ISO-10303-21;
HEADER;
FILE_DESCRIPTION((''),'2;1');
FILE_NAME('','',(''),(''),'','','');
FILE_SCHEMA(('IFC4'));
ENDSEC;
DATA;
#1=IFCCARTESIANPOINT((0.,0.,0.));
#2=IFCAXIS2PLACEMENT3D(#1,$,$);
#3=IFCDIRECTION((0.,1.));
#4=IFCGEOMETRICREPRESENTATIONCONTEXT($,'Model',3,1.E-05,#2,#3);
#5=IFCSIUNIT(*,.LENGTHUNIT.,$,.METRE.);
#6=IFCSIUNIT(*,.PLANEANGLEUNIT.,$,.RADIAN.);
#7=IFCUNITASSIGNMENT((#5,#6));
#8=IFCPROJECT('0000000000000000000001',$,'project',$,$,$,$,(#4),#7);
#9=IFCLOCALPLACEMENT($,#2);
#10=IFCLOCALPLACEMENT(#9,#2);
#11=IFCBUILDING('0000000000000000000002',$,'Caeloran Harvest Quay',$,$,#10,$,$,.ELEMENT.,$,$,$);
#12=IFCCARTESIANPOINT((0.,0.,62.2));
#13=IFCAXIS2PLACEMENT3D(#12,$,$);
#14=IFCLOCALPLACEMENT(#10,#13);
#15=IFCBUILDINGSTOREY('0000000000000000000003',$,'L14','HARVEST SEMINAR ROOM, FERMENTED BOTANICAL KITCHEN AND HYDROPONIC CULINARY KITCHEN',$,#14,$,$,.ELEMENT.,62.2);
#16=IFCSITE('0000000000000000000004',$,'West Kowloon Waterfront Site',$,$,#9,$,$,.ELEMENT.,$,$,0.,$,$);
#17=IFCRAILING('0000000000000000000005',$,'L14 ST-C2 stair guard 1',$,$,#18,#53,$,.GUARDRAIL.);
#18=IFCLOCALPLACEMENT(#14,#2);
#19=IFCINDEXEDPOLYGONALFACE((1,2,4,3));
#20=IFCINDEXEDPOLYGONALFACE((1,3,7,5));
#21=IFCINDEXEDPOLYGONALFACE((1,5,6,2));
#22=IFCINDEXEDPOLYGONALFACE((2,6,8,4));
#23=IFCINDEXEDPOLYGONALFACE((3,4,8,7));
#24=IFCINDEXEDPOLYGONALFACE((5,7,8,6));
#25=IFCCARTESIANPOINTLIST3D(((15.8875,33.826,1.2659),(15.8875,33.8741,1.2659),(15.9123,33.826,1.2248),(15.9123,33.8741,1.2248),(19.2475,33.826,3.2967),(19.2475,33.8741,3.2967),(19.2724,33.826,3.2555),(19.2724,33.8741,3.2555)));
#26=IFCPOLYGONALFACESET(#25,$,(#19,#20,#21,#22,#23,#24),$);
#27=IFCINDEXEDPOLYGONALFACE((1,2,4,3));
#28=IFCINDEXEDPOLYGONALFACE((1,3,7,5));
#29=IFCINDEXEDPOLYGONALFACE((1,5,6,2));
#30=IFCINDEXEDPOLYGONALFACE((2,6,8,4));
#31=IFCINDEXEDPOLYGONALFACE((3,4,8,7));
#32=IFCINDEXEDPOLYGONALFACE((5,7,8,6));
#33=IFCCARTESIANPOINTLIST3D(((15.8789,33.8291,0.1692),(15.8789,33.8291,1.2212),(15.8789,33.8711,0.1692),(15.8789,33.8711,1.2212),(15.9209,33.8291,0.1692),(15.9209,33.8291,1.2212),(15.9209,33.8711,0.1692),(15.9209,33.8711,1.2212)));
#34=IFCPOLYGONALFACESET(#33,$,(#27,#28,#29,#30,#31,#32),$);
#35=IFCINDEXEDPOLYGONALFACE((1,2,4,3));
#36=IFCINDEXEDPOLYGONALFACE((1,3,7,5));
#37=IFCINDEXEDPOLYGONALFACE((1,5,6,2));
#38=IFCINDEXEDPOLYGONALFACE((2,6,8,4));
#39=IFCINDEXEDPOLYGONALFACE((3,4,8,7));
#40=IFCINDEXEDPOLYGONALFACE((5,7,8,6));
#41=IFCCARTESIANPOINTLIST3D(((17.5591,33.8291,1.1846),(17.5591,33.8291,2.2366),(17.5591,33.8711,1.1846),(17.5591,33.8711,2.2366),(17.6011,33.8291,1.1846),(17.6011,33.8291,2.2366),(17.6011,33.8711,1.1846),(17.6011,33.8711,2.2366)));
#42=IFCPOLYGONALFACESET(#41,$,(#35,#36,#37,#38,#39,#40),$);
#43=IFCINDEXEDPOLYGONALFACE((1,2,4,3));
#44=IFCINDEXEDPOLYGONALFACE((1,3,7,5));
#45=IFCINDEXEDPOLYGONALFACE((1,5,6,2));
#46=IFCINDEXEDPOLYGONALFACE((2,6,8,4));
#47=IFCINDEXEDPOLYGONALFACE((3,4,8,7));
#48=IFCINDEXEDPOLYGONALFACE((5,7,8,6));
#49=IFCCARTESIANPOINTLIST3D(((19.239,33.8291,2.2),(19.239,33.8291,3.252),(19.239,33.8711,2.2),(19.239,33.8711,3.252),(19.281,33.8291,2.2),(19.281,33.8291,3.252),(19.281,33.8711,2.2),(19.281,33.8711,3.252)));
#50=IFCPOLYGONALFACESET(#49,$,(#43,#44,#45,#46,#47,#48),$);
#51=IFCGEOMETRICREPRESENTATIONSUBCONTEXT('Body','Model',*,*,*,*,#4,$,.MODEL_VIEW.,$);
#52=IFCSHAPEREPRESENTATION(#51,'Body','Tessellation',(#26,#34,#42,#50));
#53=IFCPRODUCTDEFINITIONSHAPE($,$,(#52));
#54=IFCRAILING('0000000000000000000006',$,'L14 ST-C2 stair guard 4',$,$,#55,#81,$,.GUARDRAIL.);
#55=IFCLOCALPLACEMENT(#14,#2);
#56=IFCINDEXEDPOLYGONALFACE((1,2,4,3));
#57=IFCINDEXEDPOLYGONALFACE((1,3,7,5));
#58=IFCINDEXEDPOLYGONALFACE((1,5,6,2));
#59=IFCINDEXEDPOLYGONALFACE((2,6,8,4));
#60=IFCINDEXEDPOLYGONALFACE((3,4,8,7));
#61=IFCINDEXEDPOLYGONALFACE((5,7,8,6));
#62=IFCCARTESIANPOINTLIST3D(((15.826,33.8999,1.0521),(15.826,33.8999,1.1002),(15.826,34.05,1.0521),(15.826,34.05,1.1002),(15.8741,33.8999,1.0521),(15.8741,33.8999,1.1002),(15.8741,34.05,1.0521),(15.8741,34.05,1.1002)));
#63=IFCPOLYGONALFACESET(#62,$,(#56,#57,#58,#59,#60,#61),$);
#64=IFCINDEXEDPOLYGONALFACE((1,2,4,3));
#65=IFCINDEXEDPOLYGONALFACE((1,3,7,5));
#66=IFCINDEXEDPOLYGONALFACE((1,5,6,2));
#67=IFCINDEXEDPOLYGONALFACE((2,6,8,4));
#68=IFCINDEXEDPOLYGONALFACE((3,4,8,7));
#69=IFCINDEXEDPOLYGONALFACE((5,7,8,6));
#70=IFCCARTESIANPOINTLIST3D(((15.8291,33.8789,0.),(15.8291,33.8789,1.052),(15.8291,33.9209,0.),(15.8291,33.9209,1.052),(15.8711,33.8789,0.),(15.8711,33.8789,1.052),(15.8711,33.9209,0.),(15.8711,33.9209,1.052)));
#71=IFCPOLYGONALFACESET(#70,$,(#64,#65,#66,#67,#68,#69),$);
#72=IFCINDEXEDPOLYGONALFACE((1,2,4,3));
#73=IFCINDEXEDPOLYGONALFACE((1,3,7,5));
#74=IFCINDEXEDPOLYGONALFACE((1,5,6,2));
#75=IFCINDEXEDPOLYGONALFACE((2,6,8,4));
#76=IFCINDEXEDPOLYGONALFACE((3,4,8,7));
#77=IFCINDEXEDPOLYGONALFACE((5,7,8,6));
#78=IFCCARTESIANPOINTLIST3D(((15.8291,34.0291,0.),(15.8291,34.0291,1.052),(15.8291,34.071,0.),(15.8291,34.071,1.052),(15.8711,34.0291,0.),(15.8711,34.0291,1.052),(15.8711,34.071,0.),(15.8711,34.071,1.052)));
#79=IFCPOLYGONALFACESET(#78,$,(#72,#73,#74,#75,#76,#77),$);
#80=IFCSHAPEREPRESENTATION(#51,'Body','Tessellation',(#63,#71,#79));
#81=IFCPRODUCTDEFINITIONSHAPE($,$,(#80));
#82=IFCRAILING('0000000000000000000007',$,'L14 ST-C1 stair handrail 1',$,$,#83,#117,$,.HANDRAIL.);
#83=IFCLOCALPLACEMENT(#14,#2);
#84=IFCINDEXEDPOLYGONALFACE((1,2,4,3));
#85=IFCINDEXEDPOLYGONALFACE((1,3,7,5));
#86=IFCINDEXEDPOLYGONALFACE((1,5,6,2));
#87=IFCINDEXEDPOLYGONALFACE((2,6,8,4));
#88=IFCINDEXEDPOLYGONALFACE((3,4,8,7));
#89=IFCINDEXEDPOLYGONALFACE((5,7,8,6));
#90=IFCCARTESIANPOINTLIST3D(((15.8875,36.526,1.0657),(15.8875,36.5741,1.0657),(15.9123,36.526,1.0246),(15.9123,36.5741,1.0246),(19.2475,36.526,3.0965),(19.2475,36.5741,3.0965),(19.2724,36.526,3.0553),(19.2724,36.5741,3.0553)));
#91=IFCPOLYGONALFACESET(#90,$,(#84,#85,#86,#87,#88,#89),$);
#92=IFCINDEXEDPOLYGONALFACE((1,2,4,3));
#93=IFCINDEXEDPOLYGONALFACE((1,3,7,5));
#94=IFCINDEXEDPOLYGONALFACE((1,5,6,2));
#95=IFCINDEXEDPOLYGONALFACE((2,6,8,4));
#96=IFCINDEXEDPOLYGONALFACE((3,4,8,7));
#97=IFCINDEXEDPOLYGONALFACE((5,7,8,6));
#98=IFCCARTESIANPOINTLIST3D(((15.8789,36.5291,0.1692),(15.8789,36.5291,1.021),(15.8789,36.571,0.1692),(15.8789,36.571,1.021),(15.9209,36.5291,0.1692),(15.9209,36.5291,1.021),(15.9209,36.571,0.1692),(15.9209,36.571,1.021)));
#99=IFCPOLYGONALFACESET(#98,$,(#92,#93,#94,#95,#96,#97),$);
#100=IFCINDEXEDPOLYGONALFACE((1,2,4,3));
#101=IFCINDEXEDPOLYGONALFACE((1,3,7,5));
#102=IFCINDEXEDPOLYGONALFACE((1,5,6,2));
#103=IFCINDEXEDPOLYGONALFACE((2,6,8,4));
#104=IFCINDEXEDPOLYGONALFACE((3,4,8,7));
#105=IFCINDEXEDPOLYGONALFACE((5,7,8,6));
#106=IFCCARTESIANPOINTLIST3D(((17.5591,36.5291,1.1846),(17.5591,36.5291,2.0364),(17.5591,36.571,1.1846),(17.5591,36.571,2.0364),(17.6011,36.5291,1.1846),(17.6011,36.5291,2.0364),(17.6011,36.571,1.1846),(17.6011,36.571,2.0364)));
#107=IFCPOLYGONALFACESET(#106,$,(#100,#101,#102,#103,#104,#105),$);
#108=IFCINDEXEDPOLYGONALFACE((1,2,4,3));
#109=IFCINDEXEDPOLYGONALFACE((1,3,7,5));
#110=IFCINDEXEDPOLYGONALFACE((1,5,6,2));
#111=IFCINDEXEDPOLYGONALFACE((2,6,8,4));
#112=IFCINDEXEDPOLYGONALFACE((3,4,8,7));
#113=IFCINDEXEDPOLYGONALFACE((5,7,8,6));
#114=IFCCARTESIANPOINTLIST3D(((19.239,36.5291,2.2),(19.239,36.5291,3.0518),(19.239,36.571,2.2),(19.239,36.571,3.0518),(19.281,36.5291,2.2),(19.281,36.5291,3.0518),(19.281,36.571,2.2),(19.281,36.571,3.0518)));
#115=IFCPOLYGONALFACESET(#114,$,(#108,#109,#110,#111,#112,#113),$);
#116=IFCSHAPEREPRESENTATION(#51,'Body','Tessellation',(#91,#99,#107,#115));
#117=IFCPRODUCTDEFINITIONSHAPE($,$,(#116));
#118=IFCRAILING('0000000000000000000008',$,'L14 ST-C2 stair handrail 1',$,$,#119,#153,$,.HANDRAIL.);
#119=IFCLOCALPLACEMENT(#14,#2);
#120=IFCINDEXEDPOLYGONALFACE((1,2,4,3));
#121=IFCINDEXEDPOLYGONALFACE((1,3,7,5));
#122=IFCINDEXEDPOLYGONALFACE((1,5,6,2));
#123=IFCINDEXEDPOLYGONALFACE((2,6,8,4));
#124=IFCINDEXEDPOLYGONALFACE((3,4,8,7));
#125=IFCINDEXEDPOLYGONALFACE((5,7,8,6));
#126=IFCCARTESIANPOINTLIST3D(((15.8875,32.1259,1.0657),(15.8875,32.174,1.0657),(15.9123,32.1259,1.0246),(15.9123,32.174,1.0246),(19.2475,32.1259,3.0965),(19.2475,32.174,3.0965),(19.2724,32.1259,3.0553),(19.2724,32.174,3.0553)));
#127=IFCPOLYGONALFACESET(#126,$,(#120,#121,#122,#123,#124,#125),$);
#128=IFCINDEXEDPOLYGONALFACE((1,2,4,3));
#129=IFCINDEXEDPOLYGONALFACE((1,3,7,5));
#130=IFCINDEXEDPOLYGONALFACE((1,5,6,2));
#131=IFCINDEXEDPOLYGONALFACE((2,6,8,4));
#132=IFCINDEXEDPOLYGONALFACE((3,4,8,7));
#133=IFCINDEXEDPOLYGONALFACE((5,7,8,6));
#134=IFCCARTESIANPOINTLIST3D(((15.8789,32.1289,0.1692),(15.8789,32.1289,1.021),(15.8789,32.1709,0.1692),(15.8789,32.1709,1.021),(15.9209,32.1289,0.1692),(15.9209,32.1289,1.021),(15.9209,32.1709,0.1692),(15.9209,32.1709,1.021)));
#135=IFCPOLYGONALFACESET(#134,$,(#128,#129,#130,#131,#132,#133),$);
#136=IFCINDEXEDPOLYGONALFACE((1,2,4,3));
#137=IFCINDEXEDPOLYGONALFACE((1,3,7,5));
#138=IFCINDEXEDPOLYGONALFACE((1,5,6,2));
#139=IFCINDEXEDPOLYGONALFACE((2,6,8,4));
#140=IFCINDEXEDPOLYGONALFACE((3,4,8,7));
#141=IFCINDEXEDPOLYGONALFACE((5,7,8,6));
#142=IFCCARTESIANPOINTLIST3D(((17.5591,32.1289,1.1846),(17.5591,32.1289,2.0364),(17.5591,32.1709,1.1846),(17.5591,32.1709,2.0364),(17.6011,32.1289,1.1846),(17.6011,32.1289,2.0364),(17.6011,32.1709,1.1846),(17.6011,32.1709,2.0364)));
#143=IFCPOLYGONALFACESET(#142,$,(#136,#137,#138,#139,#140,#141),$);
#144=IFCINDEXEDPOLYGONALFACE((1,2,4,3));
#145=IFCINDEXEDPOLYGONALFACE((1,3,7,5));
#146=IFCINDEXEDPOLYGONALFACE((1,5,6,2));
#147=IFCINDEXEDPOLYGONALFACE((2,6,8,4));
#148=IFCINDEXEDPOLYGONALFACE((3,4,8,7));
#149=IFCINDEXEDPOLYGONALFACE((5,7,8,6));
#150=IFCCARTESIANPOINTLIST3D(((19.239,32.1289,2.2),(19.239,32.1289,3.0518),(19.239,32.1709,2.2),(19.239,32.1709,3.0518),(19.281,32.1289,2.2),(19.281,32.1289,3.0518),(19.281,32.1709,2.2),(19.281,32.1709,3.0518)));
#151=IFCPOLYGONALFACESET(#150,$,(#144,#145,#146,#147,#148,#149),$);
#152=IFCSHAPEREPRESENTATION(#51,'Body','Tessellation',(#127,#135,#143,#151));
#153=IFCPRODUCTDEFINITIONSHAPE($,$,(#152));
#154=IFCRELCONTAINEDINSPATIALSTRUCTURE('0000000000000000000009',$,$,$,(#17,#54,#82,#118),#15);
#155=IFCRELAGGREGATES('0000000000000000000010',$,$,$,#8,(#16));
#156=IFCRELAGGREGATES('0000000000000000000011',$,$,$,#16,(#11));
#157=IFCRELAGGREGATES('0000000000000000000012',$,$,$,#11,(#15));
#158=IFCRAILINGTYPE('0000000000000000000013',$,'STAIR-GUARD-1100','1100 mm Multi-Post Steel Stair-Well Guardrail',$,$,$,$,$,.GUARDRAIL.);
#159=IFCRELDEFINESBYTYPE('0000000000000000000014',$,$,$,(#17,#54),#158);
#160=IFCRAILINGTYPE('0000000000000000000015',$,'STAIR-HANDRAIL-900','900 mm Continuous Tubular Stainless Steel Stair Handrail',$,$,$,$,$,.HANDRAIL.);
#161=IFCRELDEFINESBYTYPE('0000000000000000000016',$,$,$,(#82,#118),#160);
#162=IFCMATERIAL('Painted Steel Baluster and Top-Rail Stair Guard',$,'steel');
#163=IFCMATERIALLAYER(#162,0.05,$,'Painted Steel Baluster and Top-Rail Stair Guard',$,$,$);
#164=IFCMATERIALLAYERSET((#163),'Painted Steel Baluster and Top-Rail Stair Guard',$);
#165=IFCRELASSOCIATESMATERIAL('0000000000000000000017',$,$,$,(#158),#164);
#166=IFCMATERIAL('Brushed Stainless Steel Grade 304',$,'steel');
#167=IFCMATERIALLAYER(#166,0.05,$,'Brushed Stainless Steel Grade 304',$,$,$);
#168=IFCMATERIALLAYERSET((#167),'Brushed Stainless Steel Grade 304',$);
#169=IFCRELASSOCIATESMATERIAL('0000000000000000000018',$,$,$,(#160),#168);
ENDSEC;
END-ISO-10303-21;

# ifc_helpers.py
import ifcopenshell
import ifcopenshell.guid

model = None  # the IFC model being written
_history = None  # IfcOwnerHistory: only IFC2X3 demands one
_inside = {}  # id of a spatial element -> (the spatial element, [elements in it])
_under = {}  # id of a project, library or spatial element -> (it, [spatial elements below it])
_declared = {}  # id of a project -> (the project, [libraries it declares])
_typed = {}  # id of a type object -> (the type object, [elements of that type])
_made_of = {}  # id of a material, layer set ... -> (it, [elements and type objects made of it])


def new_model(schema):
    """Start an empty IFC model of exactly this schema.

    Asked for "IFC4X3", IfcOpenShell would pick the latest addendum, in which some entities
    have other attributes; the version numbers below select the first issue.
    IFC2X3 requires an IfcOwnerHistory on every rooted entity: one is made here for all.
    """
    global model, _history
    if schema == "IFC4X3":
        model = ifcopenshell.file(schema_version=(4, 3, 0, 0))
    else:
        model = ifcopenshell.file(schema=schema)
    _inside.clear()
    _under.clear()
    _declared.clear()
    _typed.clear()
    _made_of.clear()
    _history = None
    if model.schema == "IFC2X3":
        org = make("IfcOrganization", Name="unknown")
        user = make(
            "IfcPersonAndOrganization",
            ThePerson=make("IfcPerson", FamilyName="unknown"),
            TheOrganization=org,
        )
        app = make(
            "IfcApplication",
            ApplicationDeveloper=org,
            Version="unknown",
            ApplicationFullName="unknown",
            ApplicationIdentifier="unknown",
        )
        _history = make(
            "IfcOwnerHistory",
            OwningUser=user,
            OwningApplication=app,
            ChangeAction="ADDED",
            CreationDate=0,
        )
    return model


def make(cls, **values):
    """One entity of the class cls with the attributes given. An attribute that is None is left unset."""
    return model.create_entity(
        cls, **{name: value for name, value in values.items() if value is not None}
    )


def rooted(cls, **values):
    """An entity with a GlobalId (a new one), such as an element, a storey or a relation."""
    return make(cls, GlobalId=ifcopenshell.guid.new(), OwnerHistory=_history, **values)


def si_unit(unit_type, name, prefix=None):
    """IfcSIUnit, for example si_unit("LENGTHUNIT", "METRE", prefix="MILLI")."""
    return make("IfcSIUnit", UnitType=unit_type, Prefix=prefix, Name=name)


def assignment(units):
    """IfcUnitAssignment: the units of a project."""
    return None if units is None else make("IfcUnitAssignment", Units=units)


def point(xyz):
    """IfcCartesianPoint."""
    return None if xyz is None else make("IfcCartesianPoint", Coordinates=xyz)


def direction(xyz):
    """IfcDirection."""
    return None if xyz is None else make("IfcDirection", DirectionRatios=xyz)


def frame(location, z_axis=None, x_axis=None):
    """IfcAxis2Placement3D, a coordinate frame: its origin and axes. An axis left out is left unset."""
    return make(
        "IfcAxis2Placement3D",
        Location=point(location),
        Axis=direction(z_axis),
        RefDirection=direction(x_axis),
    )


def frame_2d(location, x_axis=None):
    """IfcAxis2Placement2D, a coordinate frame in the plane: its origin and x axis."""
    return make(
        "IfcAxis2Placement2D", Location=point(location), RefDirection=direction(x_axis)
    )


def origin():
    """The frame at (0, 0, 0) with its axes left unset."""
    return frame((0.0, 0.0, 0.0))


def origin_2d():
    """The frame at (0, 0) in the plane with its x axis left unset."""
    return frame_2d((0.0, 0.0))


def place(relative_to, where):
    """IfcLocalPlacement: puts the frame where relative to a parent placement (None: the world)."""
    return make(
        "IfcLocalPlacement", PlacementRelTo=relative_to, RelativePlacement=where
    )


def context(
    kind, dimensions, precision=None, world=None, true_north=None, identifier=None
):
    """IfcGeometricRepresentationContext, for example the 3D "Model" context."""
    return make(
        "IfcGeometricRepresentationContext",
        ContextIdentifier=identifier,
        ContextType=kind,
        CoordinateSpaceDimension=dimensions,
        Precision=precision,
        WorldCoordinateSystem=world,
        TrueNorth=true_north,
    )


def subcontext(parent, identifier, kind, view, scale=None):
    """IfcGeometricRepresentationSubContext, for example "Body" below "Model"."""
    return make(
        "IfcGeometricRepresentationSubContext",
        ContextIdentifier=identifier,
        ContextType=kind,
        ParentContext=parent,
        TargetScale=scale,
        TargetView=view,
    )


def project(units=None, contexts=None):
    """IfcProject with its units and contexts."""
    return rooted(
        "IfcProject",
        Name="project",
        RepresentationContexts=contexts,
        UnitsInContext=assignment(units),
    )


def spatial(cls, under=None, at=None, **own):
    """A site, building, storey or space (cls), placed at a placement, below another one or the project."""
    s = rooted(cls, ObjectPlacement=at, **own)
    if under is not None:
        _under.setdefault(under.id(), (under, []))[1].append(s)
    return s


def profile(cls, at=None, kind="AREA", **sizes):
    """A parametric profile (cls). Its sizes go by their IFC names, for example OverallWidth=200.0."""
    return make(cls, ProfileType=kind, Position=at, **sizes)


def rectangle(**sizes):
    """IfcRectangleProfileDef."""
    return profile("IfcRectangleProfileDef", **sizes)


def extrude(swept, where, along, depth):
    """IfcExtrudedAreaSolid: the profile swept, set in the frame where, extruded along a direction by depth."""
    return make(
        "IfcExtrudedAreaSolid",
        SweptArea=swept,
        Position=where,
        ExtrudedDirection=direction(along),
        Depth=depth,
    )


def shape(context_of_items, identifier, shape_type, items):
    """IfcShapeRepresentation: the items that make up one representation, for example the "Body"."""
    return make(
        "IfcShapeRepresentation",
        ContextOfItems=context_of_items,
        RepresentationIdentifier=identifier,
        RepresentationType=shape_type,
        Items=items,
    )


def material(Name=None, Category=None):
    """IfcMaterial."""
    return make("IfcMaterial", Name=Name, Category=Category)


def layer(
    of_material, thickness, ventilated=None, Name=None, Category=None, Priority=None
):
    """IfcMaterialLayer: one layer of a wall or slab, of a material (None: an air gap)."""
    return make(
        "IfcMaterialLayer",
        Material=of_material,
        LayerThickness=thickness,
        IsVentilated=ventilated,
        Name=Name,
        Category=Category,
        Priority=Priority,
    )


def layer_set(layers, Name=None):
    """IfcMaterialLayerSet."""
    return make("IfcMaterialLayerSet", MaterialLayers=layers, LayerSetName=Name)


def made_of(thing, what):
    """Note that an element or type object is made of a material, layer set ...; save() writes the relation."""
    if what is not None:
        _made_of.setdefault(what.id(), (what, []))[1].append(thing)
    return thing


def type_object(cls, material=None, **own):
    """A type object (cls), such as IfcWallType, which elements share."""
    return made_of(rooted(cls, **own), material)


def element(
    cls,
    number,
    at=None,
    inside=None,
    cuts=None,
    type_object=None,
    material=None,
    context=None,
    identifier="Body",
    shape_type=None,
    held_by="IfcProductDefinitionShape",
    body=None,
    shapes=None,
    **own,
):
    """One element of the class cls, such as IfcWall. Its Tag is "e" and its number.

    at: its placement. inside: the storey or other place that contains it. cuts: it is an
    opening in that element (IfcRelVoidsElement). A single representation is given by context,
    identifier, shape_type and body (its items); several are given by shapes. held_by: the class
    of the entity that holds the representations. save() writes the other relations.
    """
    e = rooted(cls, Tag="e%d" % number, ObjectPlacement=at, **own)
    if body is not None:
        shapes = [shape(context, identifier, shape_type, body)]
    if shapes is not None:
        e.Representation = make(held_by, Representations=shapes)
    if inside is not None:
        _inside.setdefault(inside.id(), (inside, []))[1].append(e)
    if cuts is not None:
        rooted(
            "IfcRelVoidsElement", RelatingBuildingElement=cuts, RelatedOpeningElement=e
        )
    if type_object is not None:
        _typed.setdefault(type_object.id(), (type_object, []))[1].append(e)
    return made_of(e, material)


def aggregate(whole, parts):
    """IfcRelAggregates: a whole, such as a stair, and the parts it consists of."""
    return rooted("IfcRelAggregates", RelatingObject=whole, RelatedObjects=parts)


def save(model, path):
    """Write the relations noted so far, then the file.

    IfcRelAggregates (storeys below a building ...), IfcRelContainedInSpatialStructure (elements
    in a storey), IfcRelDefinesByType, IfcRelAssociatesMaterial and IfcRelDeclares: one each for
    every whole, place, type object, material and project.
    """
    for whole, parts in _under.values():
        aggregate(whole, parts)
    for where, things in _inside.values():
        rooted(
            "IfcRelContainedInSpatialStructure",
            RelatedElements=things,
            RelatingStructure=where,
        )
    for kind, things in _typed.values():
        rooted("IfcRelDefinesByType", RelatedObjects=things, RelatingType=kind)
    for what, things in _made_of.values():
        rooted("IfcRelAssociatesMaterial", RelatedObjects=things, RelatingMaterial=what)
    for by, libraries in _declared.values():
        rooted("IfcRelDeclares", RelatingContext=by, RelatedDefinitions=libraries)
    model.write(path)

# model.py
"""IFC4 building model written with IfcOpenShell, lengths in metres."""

from ifc_helpers import new_model, si_unit, direction, frame, origin, origin_2d, place, context, subcontext, project, spatial, rectangle, extrude, material, layer, layer_set, type_object, element, save


model = new_model("IFC4")

# Units and contexts
model_context = context("Model", 3, precision=1e-05, world=origin(), true_north=direction((0.0, 1.0)))
body_context = subcontext(model_context, "Body", "Model", "MODEL_VIEW")
ifc_project = project(units=[si_unit("LENGTHUNIT", "METRE"), si_unit("PLANEANGLEUNIT", "RADIAN")], contexts=[model_context])

# Site, building, storey
site_placement = place(None, origin())
site = spatial("IfcSite", under=ifc_project, at=site_placement, Name="West Kowloon Waterfront Site", CompositionType="ELEMENT", RefElevation=0.0)
building_placement = place(site_placement, origin())
building = spatial("IfcBuilding", under=site, at=building_placement, Name="Caeloran Harvest Quay", CompositionType="ELEMENT")
storey_placement = place(building_placement, frame((0.0, 0.0, 62.2)))
storey = spatial("IfcBuildingStorey", under=building, at=storey_placement, Name="L14", Description="HARVEST SEMINAR ROOM, FERMENTED BOTANICAL KITCHEN AND HYDROPONIC CULINARY KITCHEN", CompositionType="ELEMENT", Elevation=62.2)

# Railings
ifc_material_1 = material(Name="Painted Steel Baluster and Top-Rail Stair Guard", Category="steel")
ifc_layer_1 = layer(ifc_material_1, 0.05, Name="Painted Steel Baluster and Top-Rail Stair Guard")
ifc_layer_set_1 = layer_set([ifc_layer_1], Name="Painted Steel Baluster and Top-Rail Stair Guard")
railing_type_1 = type_object("IfcRailingType", Name="STAIR-GUARD-1100", Description="1100 mm Multi-Post Steel Stair-Well Guardrail", PredefinedType="GUARDRAIL", material=ifc_layer_set_1)
railing_1_placement = place(storey_placement, frame((15.8999, 33.8501, 0.1692)))
element("IfcRailing", 1, at=railing_1_placement, inside=storey, type_object=railing_type_1, Name="L14 ST-C2 stair guard 1", PredefinedType="GUARDRAIL", context=body_context, shape_type="SweptSolid", body=[
    extrude(rectangle(XDim=0.0481, YDim=0.0481, at=origin_2d()), frame((0.0, 0.0, 1.0762), z_axis=(0.855837, 0.0, 0.517246), x_axis=(0.0, 1.0, 0.0)), (0.0, 0.0, 1.0), 3.926),
    extrude(rectangle(XDim=0.042, YDim=0.042, at=origin_2d()), origin(), (0.0, 0.0, 1.0), 1.052),
    extrude(rectangle(XDim=0.042, YDim=0.042, at=origin_2d()), frame((1.6802, 0.0, 1.0154)), (0.0, 0.0, 1.0), 1.052),
    extrude(rectangle(XDim=0.042, YDim=0.042, at=origin_2d()), frame((3.3601, 0.0, 2.0308)), (0.0, 0.0, 1.0), 1.052),
])
railing_2_placement = place(storey_placement, frame((15.8501, 33.8999, 0.0)))
element("IfcRailing", 2, at=railing_2_placement, inside=storey, type_object=railing_type_1, Name="L14 ST-C2 stair guard 4", PredefinedType="GUARDRAIL", context=body_context, shape_type="SweptSolid", body=[
    extrude(rectangle(XDim=0.0481, YDim=0.0481, at=origin_2d()), frame((0.0, 0.0, 1.0762), z_axis=(0.0, 1.0, 0.0), x_axis=(-1.0, 0.0, 0.0)), (0.0, 0.0, 1.0), 0.1501),
    extrude(rectangle(XDim=0.042, YDim=0.042, at=origin_2d()), origin(), (0.0, 0.0, 1.0), 1.052),
    extrude(rectangle(XDim=0.042, YDim=0.042, at=origin_2d()), frame((0.0, 0.1501, 0.0)), (0.0, 0.0, 1.0), 1.052),
])
ifc_material_2 = material(Name="Brushed Stainless Steel Grade 304", Category="steel")
ifc_layer_2 = layer(ifc_material_2, 0.05, Name="Brushed Stainless Steel Grade 304")
ifc_layer_set_2 = layer_set([ifc_layer_2], Name="Brushed Stainless Steel Grade 304")
railing_type_2 = type_object("IfcRailingType", Name="STAIR-HANDRAIL-900", Description="900 mm Continuous Tubular Stainless Steel Stair Handrail", PredefinedType="HANDRAIL", material=ifc_layer_set_2)
for number, where, name in (
    (3, (15.8999, 36.55, 0.1692), "L14 ST-C1 stair handrail 1"),
    (4, (15.8999, 32.1499, 0.1692), "L14 ST-C2 stair handrail 1"),
):
    element("IfcRailing", number, at=place(storey_placement, frame(where)), inside=storey, type_object=railing_type_2, Name=name, PredefinedType="HANDRAIL", context=body_context, shape_type="SweptSolid", body=[
        extrude(rectangle(XDim=0.0481, YDim=0.0481, at=origin_2d()), frame((0.0, 0.0, 0.876), z_axis=(0.855837, 0.0, 0.517246), x_axis=(0.0, 1.0, 0.0)), (0.0, 0.0, 1.0), 3.926),
        extrude(rectangle(XDim=0.042, YDim=0.042, at=origin_2d()), origin(), (0.0, 0.0, 1.0), 0.8518),
        extrude(rectangle(XDim=0.042, YDim=0.042, at=origin_2d()), frame((1.6802, 0.0, 1.0154)), (0.0, 0.0, 1.0), 0.8518),
        extrude(rectangle(XDim=0.042, YDim=0.042, at=origin_2d()), frame((3.3601, 0.0, 2.0308)), (0.0, 0.0, 1.0), 0.8518),
    ])

save(model, "model.ifc")
